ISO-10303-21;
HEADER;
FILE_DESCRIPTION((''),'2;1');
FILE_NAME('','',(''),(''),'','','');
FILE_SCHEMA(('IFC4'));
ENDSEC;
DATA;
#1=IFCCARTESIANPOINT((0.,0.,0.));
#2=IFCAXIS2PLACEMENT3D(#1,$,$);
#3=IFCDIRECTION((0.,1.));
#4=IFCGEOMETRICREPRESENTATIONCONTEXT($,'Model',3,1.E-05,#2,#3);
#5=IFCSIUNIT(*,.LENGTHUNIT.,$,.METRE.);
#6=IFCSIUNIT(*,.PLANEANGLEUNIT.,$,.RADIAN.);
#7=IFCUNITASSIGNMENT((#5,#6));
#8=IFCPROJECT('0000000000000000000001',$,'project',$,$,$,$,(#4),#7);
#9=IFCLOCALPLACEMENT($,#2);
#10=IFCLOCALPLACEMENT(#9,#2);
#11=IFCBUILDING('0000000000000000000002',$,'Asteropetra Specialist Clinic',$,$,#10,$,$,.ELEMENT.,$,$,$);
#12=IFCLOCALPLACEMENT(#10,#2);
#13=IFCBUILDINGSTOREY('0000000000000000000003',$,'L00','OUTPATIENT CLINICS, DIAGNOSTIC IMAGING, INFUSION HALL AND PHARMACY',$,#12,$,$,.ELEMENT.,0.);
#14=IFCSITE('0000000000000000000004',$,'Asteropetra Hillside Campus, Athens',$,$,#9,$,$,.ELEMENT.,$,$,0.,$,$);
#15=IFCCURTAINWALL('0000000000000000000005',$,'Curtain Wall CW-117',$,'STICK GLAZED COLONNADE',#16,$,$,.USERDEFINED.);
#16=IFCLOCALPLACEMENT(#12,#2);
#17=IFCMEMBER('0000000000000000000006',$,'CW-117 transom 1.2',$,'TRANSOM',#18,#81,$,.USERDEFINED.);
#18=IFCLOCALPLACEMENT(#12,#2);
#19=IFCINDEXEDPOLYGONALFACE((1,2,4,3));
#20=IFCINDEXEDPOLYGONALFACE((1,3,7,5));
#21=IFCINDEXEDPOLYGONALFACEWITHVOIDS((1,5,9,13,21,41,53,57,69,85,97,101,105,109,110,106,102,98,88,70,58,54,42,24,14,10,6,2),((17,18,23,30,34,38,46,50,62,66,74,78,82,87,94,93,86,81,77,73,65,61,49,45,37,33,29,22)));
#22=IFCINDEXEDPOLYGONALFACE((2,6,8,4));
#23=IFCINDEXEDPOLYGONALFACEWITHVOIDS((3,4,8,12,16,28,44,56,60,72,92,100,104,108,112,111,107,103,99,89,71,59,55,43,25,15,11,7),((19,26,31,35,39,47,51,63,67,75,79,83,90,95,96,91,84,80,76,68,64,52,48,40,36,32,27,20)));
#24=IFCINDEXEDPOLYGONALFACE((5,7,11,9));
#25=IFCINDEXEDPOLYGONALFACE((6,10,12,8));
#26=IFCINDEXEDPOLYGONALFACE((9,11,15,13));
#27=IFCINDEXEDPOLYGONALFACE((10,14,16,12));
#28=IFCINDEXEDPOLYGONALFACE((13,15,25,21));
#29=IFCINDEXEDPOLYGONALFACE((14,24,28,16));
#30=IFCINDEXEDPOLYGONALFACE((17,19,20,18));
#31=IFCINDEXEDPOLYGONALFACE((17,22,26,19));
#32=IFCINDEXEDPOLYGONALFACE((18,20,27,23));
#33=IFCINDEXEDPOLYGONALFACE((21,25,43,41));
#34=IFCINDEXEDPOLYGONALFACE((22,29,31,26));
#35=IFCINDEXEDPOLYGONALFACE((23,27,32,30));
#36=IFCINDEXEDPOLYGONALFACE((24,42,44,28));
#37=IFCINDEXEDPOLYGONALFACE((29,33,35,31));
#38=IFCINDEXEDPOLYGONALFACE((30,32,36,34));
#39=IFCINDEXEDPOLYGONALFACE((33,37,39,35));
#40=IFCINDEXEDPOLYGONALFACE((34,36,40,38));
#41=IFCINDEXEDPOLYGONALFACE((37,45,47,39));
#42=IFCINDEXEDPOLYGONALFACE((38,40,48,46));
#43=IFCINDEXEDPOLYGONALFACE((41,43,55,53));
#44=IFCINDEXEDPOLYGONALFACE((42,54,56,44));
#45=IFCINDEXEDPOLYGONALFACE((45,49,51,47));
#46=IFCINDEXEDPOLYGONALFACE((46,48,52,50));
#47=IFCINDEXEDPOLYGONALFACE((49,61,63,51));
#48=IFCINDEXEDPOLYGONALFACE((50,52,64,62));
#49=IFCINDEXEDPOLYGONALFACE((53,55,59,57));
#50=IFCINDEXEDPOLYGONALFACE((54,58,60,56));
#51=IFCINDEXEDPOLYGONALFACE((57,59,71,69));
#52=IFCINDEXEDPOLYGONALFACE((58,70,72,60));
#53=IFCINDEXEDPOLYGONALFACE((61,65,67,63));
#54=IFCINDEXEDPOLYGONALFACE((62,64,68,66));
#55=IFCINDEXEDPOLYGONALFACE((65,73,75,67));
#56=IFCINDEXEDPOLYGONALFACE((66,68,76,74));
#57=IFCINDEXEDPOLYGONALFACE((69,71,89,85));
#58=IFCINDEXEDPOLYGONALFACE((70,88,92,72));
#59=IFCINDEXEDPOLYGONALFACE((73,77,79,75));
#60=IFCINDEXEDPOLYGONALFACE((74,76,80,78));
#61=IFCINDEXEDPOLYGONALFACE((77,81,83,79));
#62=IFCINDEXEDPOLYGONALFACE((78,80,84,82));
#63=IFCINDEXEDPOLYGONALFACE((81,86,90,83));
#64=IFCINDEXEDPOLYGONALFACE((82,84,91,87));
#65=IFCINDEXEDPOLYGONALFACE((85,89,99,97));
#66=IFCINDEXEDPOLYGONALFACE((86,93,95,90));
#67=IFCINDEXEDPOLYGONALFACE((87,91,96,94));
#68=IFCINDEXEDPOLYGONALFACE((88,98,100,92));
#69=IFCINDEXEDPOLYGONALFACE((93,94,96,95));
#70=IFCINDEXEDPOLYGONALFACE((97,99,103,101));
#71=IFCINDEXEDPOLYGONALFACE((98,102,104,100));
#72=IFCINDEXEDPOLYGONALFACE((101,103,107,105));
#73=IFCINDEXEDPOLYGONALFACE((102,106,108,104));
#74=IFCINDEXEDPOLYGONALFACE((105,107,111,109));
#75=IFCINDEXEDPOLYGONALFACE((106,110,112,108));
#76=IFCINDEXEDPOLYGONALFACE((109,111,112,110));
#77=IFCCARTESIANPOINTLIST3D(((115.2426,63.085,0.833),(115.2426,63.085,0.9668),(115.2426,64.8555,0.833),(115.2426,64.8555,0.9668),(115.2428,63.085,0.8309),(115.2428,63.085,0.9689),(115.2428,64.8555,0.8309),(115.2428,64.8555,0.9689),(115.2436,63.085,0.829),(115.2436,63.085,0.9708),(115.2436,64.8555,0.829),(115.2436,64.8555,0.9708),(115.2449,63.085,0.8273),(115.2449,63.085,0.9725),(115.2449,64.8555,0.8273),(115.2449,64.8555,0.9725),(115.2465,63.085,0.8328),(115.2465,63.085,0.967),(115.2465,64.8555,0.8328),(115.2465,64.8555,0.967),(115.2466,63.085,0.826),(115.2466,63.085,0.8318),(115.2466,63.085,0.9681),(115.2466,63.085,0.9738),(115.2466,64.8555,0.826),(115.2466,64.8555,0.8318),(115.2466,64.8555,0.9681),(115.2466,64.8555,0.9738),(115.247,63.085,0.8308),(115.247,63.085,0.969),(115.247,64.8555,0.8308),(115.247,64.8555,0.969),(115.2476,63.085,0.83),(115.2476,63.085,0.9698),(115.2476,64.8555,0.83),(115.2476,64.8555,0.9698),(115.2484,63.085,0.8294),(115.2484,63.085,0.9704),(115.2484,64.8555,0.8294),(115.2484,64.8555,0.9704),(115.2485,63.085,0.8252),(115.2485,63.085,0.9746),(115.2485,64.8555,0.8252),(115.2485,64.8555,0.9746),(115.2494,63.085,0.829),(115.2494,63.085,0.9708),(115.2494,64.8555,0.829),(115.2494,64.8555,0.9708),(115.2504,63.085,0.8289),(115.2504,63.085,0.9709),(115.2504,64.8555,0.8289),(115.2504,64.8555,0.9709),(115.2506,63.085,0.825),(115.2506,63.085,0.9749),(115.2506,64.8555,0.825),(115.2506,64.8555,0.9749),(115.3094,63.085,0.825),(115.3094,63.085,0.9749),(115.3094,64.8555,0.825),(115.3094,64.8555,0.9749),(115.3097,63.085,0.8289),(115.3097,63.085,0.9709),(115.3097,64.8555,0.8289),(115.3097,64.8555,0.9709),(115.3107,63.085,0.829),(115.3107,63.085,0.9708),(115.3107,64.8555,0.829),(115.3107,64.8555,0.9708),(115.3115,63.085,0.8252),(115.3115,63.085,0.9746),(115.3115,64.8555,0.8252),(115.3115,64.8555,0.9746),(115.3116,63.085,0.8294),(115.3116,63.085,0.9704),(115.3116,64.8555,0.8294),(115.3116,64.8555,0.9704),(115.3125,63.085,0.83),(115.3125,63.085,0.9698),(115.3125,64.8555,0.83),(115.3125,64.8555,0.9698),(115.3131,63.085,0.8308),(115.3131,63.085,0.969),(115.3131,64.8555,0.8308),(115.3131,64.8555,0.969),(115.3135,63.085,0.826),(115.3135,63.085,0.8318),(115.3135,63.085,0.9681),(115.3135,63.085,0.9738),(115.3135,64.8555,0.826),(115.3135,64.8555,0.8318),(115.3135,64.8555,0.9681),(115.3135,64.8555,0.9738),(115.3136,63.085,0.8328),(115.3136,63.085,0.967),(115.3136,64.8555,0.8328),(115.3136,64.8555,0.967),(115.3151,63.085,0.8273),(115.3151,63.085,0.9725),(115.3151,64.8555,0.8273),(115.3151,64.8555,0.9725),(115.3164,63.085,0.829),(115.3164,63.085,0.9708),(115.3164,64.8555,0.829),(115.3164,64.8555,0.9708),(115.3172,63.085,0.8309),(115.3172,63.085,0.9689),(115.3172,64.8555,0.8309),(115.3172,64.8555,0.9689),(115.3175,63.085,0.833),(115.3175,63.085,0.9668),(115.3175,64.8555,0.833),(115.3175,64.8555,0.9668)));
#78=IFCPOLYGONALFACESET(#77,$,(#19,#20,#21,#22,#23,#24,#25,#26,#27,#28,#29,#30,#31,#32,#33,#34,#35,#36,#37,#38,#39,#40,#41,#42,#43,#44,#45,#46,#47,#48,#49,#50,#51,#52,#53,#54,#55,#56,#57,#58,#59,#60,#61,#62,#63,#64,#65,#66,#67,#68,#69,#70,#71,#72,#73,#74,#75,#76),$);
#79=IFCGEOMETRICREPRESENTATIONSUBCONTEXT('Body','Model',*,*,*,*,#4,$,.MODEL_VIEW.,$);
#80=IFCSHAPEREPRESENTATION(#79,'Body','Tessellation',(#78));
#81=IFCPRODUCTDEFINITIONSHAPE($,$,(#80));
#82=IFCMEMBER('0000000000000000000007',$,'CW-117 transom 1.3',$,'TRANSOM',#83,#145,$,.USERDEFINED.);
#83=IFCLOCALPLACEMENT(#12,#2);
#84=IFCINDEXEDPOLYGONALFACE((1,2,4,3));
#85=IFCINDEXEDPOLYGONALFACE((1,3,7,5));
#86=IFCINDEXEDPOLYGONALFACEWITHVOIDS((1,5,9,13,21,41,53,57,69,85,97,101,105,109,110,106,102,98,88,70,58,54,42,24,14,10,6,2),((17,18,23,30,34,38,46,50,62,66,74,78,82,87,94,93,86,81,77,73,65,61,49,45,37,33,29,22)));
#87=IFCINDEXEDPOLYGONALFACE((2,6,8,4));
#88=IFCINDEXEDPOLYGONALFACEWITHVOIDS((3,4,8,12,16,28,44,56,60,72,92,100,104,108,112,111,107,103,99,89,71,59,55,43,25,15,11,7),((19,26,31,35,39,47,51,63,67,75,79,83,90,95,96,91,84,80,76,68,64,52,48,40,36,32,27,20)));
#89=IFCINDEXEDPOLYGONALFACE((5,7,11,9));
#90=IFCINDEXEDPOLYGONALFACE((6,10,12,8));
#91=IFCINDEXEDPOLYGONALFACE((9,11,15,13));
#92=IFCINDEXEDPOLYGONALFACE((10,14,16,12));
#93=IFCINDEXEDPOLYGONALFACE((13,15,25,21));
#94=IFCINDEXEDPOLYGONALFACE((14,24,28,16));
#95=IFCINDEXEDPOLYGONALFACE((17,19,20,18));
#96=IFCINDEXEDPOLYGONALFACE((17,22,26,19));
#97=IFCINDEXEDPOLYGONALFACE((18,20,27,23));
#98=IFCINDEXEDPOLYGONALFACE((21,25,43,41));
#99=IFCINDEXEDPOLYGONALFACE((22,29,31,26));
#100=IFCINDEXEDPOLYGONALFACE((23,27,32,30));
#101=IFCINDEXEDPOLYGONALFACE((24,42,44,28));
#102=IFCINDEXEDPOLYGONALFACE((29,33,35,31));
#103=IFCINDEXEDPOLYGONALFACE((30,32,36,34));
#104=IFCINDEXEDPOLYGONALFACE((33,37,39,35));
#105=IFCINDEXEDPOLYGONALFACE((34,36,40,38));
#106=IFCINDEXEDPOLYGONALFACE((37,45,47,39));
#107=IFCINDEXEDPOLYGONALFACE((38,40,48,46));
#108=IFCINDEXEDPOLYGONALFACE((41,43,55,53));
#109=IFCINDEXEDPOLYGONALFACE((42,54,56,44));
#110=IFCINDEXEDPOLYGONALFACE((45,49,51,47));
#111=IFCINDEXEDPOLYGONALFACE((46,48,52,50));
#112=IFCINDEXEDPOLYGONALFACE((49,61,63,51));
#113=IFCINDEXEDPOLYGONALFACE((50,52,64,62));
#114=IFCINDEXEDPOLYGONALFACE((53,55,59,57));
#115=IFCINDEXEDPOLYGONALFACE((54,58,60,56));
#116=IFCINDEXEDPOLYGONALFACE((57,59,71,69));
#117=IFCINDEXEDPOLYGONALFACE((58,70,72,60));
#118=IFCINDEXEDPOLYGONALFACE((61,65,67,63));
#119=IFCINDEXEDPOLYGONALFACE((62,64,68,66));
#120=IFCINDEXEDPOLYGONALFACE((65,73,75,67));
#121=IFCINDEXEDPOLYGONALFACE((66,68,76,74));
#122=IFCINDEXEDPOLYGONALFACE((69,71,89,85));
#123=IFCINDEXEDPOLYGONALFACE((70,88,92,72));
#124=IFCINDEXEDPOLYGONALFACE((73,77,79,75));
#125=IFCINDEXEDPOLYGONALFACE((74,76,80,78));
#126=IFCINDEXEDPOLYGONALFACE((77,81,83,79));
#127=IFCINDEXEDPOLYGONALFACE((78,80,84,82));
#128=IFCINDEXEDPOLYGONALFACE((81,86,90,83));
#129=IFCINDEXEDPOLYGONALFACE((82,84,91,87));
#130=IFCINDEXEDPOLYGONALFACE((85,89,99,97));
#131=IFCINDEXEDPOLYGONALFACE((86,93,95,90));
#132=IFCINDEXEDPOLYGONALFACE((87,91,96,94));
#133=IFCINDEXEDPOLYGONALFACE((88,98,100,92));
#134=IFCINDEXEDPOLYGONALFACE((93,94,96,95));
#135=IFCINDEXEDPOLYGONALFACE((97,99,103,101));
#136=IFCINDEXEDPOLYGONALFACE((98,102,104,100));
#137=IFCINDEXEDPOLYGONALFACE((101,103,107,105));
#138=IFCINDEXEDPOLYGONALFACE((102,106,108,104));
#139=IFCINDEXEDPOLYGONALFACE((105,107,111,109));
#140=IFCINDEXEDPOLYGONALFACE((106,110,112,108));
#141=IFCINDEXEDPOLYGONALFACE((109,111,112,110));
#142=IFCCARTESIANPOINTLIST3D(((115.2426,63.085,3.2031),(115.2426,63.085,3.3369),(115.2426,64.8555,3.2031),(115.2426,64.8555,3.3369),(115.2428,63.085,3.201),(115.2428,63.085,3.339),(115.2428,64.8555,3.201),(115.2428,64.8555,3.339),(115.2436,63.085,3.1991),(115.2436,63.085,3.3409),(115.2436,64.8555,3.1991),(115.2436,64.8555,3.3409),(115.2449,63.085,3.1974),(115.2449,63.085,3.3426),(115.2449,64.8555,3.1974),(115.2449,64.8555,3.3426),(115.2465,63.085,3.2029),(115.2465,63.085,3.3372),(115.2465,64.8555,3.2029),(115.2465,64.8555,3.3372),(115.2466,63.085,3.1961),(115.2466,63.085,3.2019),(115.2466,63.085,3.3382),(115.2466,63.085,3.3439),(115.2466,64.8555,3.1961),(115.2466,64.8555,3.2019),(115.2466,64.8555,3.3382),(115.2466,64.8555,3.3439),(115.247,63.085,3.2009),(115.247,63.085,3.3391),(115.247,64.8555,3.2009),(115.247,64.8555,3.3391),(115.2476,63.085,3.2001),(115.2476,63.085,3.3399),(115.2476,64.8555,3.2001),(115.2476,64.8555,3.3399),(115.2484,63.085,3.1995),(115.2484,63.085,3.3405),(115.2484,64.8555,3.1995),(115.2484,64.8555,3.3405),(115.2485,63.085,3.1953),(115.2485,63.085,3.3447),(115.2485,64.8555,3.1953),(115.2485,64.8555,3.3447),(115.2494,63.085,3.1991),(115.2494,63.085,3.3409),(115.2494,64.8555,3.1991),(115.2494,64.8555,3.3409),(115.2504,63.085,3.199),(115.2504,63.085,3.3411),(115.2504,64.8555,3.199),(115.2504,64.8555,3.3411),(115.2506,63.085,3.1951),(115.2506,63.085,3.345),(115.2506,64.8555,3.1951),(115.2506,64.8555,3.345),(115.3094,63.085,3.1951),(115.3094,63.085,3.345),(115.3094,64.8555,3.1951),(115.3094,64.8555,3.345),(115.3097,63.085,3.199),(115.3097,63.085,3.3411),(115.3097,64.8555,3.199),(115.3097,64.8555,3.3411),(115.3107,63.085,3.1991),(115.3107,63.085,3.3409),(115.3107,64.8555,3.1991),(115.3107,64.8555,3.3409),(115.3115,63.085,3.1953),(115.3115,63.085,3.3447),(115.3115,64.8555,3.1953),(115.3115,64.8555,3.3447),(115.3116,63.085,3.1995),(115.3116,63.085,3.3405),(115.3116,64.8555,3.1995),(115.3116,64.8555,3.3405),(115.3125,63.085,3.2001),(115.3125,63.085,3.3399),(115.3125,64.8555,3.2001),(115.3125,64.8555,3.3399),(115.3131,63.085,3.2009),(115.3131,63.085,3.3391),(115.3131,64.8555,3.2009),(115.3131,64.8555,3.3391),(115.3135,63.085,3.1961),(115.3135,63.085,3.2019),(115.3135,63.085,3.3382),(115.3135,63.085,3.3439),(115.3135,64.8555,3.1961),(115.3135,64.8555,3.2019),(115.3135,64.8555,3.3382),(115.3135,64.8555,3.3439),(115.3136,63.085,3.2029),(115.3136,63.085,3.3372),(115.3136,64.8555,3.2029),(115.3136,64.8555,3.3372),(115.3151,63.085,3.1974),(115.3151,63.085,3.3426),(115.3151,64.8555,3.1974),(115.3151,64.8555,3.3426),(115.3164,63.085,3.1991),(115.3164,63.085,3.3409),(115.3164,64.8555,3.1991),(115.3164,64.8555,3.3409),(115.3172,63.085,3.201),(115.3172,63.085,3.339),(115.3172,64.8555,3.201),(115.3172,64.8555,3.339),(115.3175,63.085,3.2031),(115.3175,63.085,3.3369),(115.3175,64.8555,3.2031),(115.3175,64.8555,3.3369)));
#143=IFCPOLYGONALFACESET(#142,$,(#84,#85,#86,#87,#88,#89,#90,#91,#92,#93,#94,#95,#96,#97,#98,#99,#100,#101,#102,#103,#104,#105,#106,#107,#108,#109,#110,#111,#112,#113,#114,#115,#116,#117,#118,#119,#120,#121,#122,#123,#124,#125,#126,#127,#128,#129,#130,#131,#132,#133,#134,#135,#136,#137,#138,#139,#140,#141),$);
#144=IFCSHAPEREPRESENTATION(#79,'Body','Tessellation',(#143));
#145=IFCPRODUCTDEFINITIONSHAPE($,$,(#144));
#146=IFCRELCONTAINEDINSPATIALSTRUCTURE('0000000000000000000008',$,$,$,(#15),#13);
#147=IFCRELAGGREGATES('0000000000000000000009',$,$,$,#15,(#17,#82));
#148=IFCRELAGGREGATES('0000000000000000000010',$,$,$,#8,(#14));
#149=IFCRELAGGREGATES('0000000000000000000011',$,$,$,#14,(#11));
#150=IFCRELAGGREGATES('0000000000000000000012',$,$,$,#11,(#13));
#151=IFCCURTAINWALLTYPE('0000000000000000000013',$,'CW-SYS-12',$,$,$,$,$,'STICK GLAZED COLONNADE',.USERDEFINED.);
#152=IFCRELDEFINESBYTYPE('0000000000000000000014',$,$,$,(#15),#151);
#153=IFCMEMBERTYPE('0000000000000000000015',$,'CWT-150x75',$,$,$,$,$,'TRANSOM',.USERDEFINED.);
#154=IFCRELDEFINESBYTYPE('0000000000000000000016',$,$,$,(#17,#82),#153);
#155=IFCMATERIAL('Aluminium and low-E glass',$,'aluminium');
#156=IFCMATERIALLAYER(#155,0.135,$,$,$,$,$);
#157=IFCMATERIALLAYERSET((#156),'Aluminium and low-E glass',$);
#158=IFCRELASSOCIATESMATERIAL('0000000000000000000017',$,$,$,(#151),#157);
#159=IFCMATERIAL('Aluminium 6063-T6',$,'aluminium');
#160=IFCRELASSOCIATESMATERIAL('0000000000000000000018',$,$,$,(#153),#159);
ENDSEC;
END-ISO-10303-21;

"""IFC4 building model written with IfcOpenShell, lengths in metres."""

from ifc_helpers import new_model, si_unit, direction, frame, origin, origin_2d, place, context, subcontext, project, spatial, hollow_rectangle, extrude, material, layer, layer_set, material_profile, profile_set, type_object, element, aggregate, save


model = new_model("IFC4")

# Units and contexts
model_context = context("Model", 3, precision=1e-05, world=origin(), true_north=direction((0.0, 1.0)))
body_context = subcontext(model_context, "Body", "Model", "MODEL_VIEW")
ifc_project = project(units=[si_unit("LENGTHUNIT", "METRE"), si_unit("PLANEANGLEUNIT", "RADIAN")], contexts=[model_context])

# Site, building, storey
site_placement = place(None, origin())
site = spatial("IfcSite", under=ifc_project, at=site_placement, Name="Asteropetra Hillside Campus, Athens", CompositionType="ELEMENT", RefElevation=0.0)
building_placement = place(site_placement, origin())
building = spatial("IfcBuilding", under=site, at=building_placement, Name="Asteropetra Specialist Clinic", CompositionType="ELEMENT")
storey_placement = place(building_placement, origin())
storey = spatial("IfcBuildingStorey", under=building, at=storey_placement, Name="L00", Description="OUTPATIENT CLINICS, DIAGNOSTIC IMAGING, INFUSION HALL AND PHARMACY", CompositionType="ELEMENT", Elevation=0.0)

# Curtain wall, members
ifc_material_1 = material(Name="Aluminium and low-E glass", Category="aluminium")
ifc_layer_1 = layer(ifc_material_1, 0.135)
ifc_layer_set_1 = layer_set([ifc_layer_1], Name="Aluminium and low-E glass")
curtain_wall_type = type_object("IfcCurtainWallType", Name="CW-SYS-12", ElementType="STICK GLAZED COLONNADE", PredefinedType="USERDEFINED", material=ifc_layer_set_1)
curtain_wall_placement = place(storey_placement, origin())
curtain_wall = element("IfcCurtainWall", 1, at=curtain_wall_placement, inside=storey, type_object=curtain_wall_type, Name="Curtain Wall CW-117", ObjectType="STICK GLAZED COLONNADE", PredefinedType="USERDEFINED")
ifc_material_2 = material(Name="Aluminium 6063-T6", Category="aluminium")
ifc_material_profile_1 = material_profile(ifc_material_2, hollow_rectangle(XDim=0.075, YDim=0.1499, WallThickness=0.0039, InnerFilletRadius=0.0039, OuterFilletRadius=0.0081, at=origin_2d()), Name="TRN 150x75x4.0")
ifc_profile_set_1 = profile_set([ifc_material_profile_1], Name="Aluminium 6063-T6")
member_type_1 = type_object("IfcMemberType", Name="CWT-150x75", ElementType="TRANSOM", PredefinedType="USERDEFINED", material=ifc_profile_set_1)
member_1_placement = place(storey_placement, frame((115.28, 63.085, 0.8999), z_axis=(0.0, 1.0, 0.0), x_axis=(-1.0, 0.0, 0.0)))
member_1 = element("IfcMember", 2, at=member_1_placement, type_object=member_type_1, Name="CW-117 transom 1.2", ObjectType="TRANSOM", PredefinedType="USERDEFINED", context=body_context, shape_type="SweptSolid", body=[
    extrude(hollow_rectangle(XDim=0.075, YDim=0.1499, WallThickness=0.0039, InnerFilletRadius=0.0039, OuterFilletRadius=0.0081, at=origin_2d()), origin(), (0.0, 0.0, 1.0), 1.7705),
])
member_2_placement = place(storey_placement, frame((115.28, 63.085, 3.27), z_axis=(0.0, 1.0, 0.0), x_axis=(-1.0, 0.0, 0.0)))
member_2 = element("IfcMember", 3, at=member_2_placement, type_object=member_type_1, Name="CW-117 transom 1.3", ObjectType="TRANSOM", PredefinedType="USERDEFINED", context=body_context, shape_type="SweptSolid", body=[
    extrude(hollow_rectangle(XDim=0.075, YDim=0.1499, WallThickness=0.0039, InnerFilletRadius=0.0039, OuterFilletRadius=0.0081, at=origin_2d()), origin(), (0.0, 0.0, 1.0), 1.7705),
])
aggregate(curtain_wall, [member_1, member_2])

save(model, "model.ifc")
